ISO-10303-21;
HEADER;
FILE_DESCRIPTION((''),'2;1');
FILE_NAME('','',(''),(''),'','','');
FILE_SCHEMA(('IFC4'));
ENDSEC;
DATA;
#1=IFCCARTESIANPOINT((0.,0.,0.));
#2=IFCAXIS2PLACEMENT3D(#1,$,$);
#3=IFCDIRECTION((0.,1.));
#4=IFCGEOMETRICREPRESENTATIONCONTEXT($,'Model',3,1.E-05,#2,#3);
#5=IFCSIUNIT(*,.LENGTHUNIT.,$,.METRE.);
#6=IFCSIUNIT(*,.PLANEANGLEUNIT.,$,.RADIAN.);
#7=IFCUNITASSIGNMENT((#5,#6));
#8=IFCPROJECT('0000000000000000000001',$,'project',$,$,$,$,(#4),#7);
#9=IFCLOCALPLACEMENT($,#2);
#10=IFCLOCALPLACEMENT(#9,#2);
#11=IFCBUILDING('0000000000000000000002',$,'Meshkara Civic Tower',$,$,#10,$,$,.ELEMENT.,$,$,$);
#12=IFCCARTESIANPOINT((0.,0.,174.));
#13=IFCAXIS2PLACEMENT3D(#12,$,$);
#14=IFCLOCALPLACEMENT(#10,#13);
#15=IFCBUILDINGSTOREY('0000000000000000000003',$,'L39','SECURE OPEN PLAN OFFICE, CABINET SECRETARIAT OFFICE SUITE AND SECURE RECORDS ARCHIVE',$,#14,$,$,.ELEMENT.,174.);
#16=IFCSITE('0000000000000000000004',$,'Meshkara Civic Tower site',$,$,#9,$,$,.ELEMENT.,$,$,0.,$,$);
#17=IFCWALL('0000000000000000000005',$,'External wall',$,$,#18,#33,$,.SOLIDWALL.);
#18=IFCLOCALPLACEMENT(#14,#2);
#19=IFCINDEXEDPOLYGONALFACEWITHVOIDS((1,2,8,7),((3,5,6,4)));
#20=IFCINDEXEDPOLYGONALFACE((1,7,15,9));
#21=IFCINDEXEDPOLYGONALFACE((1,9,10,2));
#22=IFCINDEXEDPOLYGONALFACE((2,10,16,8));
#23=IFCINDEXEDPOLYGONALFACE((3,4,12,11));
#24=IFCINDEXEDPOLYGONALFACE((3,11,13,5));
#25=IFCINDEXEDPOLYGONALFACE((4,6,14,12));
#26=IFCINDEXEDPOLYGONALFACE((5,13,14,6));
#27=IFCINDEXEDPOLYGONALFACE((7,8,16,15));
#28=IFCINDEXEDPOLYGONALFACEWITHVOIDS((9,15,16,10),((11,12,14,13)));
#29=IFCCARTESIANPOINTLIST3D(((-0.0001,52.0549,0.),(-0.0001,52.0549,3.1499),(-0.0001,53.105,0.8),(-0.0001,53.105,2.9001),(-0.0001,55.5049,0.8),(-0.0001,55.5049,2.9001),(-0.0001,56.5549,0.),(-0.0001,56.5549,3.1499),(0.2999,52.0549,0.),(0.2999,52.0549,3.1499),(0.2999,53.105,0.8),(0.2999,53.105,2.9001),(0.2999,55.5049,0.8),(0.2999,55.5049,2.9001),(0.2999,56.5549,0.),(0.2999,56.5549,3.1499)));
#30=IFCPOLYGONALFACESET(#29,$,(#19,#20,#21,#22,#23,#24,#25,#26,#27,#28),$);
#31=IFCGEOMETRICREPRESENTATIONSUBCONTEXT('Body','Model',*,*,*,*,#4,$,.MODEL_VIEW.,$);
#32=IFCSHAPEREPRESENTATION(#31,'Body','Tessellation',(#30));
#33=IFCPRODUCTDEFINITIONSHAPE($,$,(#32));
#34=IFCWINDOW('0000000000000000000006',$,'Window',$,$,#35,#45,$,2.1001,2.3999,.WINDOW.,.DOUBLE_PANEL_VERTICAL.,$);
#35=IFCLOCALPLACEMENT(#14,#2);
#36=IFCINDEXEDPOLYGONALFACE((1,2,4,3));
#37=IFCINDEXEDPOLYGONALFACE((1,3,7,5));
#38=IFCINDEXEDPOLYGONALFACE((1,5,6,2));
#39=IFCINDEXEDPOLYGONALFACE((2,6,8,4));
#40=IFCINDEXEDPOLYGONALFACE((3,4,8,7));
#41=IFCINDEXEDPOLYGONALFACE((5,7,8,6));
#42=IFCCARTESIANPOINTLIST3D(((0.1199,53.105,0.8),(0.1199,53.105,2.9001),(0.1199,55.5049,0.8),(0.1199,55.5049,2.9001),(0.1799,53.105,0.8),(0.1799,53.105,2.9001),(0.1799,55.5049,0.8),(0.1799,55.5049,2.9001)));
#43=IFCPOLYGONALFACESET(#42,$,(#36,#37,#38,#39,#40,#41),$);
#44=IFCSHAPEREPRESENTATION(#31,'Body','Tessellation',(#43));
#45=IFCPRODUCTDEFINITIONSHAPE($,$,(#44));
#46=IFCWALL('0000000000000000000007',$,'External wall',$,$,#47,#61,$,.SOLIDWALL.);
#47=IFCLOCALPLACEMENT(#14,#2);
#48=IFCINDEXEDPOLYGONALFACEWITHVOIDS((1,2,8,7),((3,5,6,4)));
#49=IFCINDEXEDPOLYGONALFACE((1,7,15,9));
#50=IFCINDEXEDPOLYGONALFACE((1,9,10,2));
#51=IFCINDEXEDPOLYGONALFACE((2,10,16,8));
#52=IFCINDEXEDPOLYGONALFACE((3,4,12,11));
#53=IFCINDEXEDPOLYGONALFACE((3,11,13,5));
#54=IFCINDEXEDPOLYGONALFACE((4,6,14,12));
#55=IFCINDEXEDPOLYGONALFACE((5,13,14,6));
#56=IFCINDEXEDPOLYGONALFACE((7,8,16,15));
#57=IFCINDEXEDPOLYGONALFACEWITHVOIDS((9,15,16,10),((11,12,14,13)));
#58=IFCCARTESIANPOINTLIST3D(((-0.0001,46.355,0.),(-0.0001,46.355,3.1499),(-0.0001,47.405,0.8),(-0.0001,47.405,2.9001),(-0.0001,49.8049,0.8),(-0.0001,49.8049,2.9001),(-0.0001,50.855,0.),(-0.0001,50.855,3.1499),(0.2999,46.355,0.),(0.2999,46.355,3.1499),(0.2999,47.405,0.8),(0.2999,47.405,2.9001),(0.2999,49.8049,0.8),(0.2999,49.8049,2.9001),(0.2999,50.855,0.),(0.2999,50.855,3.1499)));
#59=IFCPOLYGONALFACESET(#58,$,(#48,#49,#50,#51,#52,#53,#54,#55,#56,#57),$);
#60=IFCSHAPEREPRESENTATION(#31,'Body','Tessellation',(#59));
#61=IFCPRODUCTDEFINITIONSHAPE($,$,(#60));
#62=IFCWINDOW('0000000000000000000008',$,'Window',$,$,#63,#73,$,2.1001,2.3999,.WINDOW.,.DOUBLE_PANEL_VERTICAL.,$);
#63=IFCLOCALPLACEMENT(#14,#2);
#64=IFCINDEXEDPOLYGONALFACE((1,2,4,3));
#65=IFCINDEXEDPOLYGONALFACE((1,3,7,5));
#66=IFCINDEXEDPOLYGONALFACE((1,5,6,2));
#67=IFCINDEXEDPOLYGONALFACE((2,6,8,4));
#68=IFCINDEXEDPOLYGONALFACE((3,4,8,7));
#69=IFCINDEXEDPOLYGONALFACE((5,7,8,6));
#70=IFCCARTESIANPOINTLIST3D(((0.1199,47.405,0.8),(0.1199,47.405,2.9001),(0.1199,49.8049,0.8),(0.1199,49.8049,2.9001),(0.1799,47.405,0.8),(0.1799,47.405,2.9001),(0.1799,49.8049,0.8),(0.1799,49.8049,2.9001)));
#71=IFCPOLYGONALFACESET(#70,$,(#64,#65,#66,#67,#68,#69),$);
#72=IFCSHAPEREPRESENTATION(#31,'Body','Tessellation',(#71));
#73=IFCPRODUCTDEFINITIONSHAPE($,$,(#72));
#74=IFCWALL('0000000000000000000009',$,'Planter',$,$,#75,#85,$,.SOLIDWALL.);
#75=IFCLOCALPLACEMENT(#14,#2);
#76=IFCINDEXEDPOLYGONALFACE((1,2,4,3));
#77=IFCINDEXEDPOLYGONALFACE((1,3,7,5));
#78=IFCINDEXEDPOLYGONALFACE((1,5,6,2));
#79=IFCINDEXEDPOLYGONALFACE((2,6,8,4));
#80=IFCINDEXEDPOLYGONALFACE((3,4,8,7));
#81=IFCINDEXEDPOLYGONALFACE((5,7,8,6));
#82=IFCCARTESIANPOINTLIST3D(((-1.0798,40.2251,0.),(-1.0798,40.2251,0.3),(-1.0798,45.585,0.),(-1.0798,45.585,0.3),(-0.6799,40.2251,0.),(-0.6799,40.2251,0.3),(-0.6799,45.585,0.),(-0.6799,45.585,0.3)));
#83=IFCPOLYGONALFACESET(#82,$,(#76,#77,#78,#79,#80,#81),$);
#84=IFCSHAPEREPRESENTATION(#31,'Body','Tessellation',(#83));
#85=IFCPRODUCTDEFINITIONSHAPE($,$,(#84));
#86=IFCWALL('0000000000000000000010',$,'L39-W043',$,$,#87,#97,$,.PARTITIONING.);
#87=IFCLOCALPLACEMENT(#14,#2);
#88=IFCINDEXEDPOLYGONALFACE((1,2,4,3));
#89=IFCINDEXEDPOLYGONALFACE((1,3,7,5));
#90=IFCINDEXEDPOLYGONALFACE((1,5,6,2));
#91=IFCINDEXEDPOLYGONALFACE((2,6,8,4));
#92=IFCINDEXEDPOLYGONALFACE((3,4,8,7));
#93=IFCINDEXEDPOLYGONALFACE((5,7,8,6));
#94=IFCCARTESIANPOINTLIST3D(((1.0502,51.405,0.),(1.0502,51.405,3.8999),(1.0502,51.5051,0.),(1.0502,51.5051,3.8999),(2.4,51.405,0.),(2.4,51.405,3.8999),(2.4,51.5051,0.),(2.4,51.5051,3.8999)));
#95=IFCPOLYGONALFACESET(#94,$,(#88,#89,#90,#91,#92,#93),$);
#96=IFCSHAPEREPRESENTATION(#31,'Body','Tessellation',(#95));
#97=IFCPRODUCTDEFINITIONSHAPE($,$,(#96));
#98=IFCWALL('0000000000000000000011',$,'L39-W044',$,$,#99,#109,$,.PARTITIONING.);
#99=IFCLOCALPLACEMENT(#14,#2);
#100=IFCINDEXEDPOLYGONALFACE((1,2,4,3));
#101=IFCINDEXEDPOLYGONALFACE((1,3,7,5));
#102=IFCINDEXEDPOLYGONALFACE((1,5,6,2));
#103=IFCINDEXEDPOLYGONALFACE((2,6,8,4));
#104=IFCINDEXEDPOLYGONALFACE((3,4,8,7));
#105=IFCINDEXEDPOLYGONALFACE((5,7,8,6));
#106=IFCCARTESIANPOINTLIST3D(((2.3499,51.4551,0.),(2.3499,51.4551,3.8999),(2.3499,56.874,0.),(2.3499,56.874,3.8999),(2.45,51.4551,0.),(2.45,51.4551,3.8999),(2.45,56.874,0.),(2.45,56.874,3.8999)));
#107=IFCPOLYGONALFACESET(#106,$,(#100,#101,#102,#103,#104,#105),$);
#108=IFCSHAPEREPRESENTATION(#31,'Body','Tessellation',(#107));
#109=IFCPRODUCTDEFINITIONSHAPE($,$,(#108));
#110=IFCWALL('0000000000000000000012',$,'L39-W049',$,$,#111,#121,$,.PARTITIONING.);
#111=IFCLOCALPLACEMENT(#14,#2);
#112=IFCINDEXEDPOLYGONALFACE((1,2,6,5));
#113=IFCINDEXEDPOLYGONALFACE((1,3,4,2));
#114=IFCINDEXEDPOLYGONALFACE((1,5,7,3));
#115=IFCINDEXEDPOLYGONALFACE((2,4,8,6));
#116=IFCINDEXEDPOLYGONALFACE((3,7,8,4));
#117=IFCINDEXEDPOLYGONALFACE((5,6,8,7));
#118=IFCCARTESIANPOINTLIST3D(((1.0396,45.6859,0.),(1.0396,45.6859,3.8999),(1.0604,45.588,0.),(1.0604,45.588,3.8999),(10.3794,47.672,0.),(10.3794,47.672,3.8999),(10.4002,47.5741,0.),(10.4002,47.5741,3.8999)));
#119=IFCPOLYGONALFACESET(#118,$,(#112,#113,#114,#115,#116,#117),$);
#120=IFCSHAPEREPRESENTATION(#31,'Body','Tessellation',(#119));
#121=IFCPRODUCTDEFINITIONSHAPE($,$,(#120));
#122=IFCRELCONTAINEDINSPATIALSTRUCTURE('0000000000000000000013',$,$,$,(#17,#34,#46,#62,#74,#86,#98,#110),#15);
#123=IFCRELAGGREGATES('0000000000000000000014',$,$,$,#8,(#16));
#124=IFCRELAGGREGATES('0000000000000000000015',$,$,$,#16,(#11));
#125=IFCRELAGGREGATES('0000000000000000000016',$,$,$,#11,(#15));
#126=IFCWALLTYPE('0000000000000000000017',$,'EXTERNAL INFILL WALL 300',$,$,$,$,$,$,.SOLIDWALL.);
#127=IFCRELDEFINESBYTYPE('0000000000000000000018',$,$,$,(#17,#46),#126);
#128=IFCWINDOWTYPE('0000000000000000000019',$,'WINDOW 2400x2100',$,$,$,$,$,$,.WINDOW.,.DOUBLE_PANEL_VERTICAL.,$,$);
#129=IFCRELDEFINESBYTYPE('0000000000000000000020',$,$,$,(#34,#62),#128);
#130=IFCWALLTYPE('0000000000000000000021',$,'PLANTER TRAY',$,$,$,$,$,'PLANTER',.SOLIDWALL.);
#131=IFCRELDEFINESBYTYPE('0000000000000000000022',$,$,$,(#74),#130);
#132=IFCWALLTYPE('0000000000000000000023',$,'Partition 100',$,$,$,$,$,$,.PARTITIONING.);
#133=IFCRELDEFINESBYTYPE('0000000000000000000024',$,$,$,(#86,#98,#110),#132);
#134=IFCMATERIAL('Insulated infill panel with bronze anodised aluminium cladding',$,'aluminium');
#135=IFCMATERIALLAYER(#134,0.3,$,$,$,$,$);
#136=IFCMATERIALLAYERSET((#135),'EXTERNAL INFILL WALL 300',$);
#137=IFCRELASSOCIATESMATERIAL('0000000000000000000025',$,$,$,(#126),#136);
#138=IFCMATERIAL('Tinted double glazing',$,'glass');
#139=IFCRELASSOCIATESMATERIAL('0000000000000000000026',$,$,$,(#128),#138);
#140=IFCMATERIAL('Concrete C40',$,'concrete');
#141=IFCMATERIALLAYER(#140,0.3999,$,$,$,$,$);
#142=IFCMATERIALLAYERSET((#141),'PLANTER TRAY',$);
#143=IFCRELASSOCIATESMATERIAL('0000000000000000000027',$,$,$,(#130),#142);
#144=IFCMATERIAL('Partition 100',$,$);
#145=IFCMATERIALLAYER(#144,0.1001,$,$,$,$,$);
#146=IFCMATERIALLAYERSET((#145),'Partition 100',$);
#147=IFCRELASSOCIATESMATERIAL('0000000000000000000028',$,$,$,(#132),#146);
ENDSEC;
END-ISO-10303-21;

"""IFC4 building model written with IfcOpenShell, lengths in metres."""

from ifc_helpers import new_model, si_unit, direction, frame, frame_2d, origin, place, context, subcontext, project, spatial, rectangle, extrude, material, layer, layer_set, type_object, element, fill, save


model = new_model("IFC4")

# Units and contexts
model_context = context("Model", 3, precision=1e-05, world=origin(), true_north=direction((0.0, 1.0)))
body_context = subcontext(model_context, "Body", "Model", "MODEL_VIEW")
ifc_project = project(units=[si_unit("LENGTHUNIT", "METRE"), si_unit("PLANEANGLEUNIT", "RADIAN")], contexts=[model_context])

# Site, building, storey
site_placement = place(None, origin())
site = spatial("IfcSite", under=ifc_project, at=site_placement, Name="Meshkara Civic Tower site", CompositionType="ELEMENT", RefElevation=0.0)
building_placement = place(site_placement, origin())
building = spatial("IfcBuilding", under=site, at=building_placement, Name="Meshkara Civic Tower", CompositionType="ELEMENT")
storey_placement = place(building_placement, frame((0.0, 0.0, 174.0)))
storey = spatial("IfcBuildingStorey", under=building, at=storey_placement, Name="L39", Description="SECURE OPEN PLAN OFFICE, CABINET SECRETARIAT OFFICE SUITE AND SECURE RECORDS ARCHIVE", CompositionType="ELEMENT", Elevation=174.0)

# Walls, openings, windows
ifc_material_1 = material(Name="Insulated infill panel with bronze anodised aluminium cladding", Category="aluminium")
ifc_layer_1 = layer(ifc_material_1, 0.3)
ifc_layer_set_1 = layer_set([ifc_layer_1], Name="EXTERNAL INFILL WALL 300")
wall_type_1 = type_object("IfcWallType", Name="EXTERNAL INFILL WALL 300", PredefinedType="SOLIDWALL", material=ifc_layer_set_1)
wall_1_placement = place(storey_placement, frame((0.1499, 56.5549, 0.0), z_axis=(0.0, 0.0, 1.0), x_axis=(0.0, -1.0, 0.0)))
wall_1 = element("IfcWall", 1, at=wall_1_placement, inside=storey, type_object=wall_type_1, Name="External wall", PredefinedType="SOLIDWALL", context=body_context, shape_type="SweptSolid", body=[
    extrude(rectangle(XDim=4.5, YDim=0.3, at=frame_2d((2.25, 0.0))), origin(), (0.0, 0.0, 1.0), 3.1499),
])
opening_1_placement = place(wall_1_placement, frame((1.05, 0.0, 0.8)))
opening_1 = element("IfcOpeningElement", 2, at=opening_1_placement, cuts=wall_1, PredefinedType="OPENING", context=body_context, shape_type="SweptSolid", body=[
    extrude(rectangle(XDim=2.3999, YDim=2.1001, at=frame_2d((1.2, 1.05))), frame((0.0, 0.1599, 0.0), z_axis=(0.0, -1.0, 0.0), x_axis=(1.0, 0.0, 0.0)), (0.0, 0.0, 1.0), 0.3201),
])
ifc_material_2 = material(Name="Tinted double glazing", Category="glass")
window_type = type_object("IfcWindowType", Name="WINDOW 2400x2100", PartitioningType="DOUBLE_PANEL_VERTICAL", PredefinedType="WINDOW", material=ifc_material_2)
window_1_placement = place(opening_1_placement, origin())
window_1 = element("IfcWindow", 3, at=window_1_placement, inside=storey, type_object=window_type, Name="Window", OverallHeight=2.1001, OverallWidth=2.3999, PartitioningType="DOUBLE_PANEL_VERTICAL", PredefinedType="WINDOW", context=body_context, shape_type="SweptSolid", body=[
    extrude(rectangle(XDim=2.3999, YDim=2.1001, at=frame_2d((1.2, 1.05))), frame((0.0, 0.03, 0.0), z_axis=(0.0, -1.0, 0.0), x_axis=(1.0, 0.0, 0.0)), (0.0, 0.0, 1.0), 0.0601),
])
fill(opening_1, window_1)
wall_2_placement = place(storey_placement, frame((0.1499, 50.855, 0.0), z_axis=(0.0, 0.0, 1.0), x_axis=(0.0, -1.0, 0.0)))
wall_2 = element("IfcWall", 4, at=wall_2_placement, inside=storey, type_object=wall_type_1, Name="External wall", PredefinedType="SOLIDWALL", context=body_context, shape_type="SweptSolid", body=[
    extrude(rectangle(XDim=4.5, YDim=0.3, at=frame_2d((2.25, 0.0))), origin(), (0.0, 0.0, 1.0), 3.1499),
])
opening_2_placement = place(wall_2_placement, frame((1.05, 0.0, 0.8)))
opening_2 = element("IfcOpeningElement", 5, at=opening_2_placement, cuts=wall_2, PredefinedType="OPENING", context=body_context, shape_type="SweptSolid", body=[
    extrude(rectangle(XDim=2.3999, YDim=2.1001, at=frame_2d((1.2, 1.05))), frame((0.0, 0.1599, 0.0), z_axis=(0.0, -1.0, 0.0), x_axis=(1.0, 0.0, 0.0)), (0.0, 0.0, 1.0), 0.3201),
])
window_2_placement = place(opening_2_placement, origin())
window_2 = element("IfcWindow", 6, at=window_2_placement, inside=storey, type_object=window_type, Name="Window", OverallHeight=2.1001, OverallWidth=2.3999, PartitioningType="DOUBLE_PANEL_VERTICAL", PredefinedType="WINDOW", context=body_context, shape_type="SweptSolid", body=[
    extrude(rectangle(XDim=2.3999, YDim=2.1001, at=frame_2d((1.2, 1.05))), frame((0.0, 0.03, 0.0), z_axis=(0.0, -1.0, 0.0), x_axis=(1.0, 0.0, 0.0)), (0.0, 0.0, 1.0), 0.0601),
])
fill(opening_2, window_2)

# Walls
ifc_material_3 = material(Name="Concrete C40", Category="concrete")
ifc_layer_2 = layer(ifc_material_3, 0.3999)
ifc_layer_set_2 = layer_set([ifc_layer_2], Name="PLANTER TRAY")
wall_type_2 = type_object("IfcWallType", Name="PLANTER TRAY", ElementType="PLANTER", PredefinedType="SOLIDWALL", material=ifc_layer_set_2)
wall_3_placement = place(storey_placement, frame((-0.8799, 45.585, 0.0), z_axis=(0.0, 0.0, 1.0), x_axis=(0.0, -1.0, 0.0)))
element("IfcWall", 7, at=wall_3_placement, inside=storey, type_object=wall_type_2, Name="Planter", PredefinedType="SOLIDWALL", context=body_context, shape_type="SweptSolid", body=[
    extrude(rectangle(XDim=5.3599, YDim=0.3999, at=frame_2d((2.6799, 0.0))), origin(), (0.0, 0.0, 1.0), 0.3),
])
ifc_material_4 = material(Name="Partition 100")
ifc_layer_3 = layer(ifc_material_4, 0.1001)
ifc_layer_set_3 = layer_set([ifc_layer_3], Name="Partition 100")
wall_type_3 = type_object("IfcWallType", Name="Partition 100", PredefinedType="PARTITIONING", material=ifc_layer_set_3)
wall_4_placement = place(storey_placement, frame((2.3999, 51.4551, 0.0), z_axis=(0.0, 0.0, 1.0), x_axis=(-1.0, 0.0, 0.0)))
element("IfcWall", 8, at=wall_4_placement, inside=storey, type_object=wall_type_3, Name="L39-W043", PredefinedType="PARTITIONING", context=body_context, shape_type="SweptSolid", body=[
    extrude(rectangle(XDim=1.3499, YDim=0.1001, at=frame_2d((0.6748, 0.0))), origin(), (0.0, 0.0, 1.0), 3.8999),
])
wall_5_placement = place(storey_placement, frame((2.3999, 56.874, 0.0), z_axis=(0.0, 0.0, 1.0), x_axis=(0.0, -1.0, 0.0)))
element("IfcWall", 9, at=wall_5_placement, inside=storey, type_object=wall_type_3, Name="L39-W044", PredefinedType="PARTITIONING", context=body_context, shape_type="SweptSolid", body=[
    extrude(rectangle(XDim=5.4189, YDim=0.1001, at=frame_2d((2.7095, 0.0))), origin(), (0.0, 0.0, 1.0), 3.8999),
])
wall_6_placement = place(storey_placement, frame((10.3899, 47.623, 0.0), z_axis=(0.0, 0.0, 1.0), x_axis=(-0.97813, -0.207996, 0.0)))
element("IfcWall", 10, at=wall_6_placement, inside=storey, type_object=wall_type_3, Name="L39-W049", PredefinedType="PARTITIONING", context=body_context, shape_type="SweptSolid", body=[
    extrude(rectangle(XDim=9.5486, YDim=0.1001, at=frame_2d((4.7744, 0.0))), origin(), (0.0, 0.0, 1.0), 3.8999),
])

save(model, "model.ifc")
